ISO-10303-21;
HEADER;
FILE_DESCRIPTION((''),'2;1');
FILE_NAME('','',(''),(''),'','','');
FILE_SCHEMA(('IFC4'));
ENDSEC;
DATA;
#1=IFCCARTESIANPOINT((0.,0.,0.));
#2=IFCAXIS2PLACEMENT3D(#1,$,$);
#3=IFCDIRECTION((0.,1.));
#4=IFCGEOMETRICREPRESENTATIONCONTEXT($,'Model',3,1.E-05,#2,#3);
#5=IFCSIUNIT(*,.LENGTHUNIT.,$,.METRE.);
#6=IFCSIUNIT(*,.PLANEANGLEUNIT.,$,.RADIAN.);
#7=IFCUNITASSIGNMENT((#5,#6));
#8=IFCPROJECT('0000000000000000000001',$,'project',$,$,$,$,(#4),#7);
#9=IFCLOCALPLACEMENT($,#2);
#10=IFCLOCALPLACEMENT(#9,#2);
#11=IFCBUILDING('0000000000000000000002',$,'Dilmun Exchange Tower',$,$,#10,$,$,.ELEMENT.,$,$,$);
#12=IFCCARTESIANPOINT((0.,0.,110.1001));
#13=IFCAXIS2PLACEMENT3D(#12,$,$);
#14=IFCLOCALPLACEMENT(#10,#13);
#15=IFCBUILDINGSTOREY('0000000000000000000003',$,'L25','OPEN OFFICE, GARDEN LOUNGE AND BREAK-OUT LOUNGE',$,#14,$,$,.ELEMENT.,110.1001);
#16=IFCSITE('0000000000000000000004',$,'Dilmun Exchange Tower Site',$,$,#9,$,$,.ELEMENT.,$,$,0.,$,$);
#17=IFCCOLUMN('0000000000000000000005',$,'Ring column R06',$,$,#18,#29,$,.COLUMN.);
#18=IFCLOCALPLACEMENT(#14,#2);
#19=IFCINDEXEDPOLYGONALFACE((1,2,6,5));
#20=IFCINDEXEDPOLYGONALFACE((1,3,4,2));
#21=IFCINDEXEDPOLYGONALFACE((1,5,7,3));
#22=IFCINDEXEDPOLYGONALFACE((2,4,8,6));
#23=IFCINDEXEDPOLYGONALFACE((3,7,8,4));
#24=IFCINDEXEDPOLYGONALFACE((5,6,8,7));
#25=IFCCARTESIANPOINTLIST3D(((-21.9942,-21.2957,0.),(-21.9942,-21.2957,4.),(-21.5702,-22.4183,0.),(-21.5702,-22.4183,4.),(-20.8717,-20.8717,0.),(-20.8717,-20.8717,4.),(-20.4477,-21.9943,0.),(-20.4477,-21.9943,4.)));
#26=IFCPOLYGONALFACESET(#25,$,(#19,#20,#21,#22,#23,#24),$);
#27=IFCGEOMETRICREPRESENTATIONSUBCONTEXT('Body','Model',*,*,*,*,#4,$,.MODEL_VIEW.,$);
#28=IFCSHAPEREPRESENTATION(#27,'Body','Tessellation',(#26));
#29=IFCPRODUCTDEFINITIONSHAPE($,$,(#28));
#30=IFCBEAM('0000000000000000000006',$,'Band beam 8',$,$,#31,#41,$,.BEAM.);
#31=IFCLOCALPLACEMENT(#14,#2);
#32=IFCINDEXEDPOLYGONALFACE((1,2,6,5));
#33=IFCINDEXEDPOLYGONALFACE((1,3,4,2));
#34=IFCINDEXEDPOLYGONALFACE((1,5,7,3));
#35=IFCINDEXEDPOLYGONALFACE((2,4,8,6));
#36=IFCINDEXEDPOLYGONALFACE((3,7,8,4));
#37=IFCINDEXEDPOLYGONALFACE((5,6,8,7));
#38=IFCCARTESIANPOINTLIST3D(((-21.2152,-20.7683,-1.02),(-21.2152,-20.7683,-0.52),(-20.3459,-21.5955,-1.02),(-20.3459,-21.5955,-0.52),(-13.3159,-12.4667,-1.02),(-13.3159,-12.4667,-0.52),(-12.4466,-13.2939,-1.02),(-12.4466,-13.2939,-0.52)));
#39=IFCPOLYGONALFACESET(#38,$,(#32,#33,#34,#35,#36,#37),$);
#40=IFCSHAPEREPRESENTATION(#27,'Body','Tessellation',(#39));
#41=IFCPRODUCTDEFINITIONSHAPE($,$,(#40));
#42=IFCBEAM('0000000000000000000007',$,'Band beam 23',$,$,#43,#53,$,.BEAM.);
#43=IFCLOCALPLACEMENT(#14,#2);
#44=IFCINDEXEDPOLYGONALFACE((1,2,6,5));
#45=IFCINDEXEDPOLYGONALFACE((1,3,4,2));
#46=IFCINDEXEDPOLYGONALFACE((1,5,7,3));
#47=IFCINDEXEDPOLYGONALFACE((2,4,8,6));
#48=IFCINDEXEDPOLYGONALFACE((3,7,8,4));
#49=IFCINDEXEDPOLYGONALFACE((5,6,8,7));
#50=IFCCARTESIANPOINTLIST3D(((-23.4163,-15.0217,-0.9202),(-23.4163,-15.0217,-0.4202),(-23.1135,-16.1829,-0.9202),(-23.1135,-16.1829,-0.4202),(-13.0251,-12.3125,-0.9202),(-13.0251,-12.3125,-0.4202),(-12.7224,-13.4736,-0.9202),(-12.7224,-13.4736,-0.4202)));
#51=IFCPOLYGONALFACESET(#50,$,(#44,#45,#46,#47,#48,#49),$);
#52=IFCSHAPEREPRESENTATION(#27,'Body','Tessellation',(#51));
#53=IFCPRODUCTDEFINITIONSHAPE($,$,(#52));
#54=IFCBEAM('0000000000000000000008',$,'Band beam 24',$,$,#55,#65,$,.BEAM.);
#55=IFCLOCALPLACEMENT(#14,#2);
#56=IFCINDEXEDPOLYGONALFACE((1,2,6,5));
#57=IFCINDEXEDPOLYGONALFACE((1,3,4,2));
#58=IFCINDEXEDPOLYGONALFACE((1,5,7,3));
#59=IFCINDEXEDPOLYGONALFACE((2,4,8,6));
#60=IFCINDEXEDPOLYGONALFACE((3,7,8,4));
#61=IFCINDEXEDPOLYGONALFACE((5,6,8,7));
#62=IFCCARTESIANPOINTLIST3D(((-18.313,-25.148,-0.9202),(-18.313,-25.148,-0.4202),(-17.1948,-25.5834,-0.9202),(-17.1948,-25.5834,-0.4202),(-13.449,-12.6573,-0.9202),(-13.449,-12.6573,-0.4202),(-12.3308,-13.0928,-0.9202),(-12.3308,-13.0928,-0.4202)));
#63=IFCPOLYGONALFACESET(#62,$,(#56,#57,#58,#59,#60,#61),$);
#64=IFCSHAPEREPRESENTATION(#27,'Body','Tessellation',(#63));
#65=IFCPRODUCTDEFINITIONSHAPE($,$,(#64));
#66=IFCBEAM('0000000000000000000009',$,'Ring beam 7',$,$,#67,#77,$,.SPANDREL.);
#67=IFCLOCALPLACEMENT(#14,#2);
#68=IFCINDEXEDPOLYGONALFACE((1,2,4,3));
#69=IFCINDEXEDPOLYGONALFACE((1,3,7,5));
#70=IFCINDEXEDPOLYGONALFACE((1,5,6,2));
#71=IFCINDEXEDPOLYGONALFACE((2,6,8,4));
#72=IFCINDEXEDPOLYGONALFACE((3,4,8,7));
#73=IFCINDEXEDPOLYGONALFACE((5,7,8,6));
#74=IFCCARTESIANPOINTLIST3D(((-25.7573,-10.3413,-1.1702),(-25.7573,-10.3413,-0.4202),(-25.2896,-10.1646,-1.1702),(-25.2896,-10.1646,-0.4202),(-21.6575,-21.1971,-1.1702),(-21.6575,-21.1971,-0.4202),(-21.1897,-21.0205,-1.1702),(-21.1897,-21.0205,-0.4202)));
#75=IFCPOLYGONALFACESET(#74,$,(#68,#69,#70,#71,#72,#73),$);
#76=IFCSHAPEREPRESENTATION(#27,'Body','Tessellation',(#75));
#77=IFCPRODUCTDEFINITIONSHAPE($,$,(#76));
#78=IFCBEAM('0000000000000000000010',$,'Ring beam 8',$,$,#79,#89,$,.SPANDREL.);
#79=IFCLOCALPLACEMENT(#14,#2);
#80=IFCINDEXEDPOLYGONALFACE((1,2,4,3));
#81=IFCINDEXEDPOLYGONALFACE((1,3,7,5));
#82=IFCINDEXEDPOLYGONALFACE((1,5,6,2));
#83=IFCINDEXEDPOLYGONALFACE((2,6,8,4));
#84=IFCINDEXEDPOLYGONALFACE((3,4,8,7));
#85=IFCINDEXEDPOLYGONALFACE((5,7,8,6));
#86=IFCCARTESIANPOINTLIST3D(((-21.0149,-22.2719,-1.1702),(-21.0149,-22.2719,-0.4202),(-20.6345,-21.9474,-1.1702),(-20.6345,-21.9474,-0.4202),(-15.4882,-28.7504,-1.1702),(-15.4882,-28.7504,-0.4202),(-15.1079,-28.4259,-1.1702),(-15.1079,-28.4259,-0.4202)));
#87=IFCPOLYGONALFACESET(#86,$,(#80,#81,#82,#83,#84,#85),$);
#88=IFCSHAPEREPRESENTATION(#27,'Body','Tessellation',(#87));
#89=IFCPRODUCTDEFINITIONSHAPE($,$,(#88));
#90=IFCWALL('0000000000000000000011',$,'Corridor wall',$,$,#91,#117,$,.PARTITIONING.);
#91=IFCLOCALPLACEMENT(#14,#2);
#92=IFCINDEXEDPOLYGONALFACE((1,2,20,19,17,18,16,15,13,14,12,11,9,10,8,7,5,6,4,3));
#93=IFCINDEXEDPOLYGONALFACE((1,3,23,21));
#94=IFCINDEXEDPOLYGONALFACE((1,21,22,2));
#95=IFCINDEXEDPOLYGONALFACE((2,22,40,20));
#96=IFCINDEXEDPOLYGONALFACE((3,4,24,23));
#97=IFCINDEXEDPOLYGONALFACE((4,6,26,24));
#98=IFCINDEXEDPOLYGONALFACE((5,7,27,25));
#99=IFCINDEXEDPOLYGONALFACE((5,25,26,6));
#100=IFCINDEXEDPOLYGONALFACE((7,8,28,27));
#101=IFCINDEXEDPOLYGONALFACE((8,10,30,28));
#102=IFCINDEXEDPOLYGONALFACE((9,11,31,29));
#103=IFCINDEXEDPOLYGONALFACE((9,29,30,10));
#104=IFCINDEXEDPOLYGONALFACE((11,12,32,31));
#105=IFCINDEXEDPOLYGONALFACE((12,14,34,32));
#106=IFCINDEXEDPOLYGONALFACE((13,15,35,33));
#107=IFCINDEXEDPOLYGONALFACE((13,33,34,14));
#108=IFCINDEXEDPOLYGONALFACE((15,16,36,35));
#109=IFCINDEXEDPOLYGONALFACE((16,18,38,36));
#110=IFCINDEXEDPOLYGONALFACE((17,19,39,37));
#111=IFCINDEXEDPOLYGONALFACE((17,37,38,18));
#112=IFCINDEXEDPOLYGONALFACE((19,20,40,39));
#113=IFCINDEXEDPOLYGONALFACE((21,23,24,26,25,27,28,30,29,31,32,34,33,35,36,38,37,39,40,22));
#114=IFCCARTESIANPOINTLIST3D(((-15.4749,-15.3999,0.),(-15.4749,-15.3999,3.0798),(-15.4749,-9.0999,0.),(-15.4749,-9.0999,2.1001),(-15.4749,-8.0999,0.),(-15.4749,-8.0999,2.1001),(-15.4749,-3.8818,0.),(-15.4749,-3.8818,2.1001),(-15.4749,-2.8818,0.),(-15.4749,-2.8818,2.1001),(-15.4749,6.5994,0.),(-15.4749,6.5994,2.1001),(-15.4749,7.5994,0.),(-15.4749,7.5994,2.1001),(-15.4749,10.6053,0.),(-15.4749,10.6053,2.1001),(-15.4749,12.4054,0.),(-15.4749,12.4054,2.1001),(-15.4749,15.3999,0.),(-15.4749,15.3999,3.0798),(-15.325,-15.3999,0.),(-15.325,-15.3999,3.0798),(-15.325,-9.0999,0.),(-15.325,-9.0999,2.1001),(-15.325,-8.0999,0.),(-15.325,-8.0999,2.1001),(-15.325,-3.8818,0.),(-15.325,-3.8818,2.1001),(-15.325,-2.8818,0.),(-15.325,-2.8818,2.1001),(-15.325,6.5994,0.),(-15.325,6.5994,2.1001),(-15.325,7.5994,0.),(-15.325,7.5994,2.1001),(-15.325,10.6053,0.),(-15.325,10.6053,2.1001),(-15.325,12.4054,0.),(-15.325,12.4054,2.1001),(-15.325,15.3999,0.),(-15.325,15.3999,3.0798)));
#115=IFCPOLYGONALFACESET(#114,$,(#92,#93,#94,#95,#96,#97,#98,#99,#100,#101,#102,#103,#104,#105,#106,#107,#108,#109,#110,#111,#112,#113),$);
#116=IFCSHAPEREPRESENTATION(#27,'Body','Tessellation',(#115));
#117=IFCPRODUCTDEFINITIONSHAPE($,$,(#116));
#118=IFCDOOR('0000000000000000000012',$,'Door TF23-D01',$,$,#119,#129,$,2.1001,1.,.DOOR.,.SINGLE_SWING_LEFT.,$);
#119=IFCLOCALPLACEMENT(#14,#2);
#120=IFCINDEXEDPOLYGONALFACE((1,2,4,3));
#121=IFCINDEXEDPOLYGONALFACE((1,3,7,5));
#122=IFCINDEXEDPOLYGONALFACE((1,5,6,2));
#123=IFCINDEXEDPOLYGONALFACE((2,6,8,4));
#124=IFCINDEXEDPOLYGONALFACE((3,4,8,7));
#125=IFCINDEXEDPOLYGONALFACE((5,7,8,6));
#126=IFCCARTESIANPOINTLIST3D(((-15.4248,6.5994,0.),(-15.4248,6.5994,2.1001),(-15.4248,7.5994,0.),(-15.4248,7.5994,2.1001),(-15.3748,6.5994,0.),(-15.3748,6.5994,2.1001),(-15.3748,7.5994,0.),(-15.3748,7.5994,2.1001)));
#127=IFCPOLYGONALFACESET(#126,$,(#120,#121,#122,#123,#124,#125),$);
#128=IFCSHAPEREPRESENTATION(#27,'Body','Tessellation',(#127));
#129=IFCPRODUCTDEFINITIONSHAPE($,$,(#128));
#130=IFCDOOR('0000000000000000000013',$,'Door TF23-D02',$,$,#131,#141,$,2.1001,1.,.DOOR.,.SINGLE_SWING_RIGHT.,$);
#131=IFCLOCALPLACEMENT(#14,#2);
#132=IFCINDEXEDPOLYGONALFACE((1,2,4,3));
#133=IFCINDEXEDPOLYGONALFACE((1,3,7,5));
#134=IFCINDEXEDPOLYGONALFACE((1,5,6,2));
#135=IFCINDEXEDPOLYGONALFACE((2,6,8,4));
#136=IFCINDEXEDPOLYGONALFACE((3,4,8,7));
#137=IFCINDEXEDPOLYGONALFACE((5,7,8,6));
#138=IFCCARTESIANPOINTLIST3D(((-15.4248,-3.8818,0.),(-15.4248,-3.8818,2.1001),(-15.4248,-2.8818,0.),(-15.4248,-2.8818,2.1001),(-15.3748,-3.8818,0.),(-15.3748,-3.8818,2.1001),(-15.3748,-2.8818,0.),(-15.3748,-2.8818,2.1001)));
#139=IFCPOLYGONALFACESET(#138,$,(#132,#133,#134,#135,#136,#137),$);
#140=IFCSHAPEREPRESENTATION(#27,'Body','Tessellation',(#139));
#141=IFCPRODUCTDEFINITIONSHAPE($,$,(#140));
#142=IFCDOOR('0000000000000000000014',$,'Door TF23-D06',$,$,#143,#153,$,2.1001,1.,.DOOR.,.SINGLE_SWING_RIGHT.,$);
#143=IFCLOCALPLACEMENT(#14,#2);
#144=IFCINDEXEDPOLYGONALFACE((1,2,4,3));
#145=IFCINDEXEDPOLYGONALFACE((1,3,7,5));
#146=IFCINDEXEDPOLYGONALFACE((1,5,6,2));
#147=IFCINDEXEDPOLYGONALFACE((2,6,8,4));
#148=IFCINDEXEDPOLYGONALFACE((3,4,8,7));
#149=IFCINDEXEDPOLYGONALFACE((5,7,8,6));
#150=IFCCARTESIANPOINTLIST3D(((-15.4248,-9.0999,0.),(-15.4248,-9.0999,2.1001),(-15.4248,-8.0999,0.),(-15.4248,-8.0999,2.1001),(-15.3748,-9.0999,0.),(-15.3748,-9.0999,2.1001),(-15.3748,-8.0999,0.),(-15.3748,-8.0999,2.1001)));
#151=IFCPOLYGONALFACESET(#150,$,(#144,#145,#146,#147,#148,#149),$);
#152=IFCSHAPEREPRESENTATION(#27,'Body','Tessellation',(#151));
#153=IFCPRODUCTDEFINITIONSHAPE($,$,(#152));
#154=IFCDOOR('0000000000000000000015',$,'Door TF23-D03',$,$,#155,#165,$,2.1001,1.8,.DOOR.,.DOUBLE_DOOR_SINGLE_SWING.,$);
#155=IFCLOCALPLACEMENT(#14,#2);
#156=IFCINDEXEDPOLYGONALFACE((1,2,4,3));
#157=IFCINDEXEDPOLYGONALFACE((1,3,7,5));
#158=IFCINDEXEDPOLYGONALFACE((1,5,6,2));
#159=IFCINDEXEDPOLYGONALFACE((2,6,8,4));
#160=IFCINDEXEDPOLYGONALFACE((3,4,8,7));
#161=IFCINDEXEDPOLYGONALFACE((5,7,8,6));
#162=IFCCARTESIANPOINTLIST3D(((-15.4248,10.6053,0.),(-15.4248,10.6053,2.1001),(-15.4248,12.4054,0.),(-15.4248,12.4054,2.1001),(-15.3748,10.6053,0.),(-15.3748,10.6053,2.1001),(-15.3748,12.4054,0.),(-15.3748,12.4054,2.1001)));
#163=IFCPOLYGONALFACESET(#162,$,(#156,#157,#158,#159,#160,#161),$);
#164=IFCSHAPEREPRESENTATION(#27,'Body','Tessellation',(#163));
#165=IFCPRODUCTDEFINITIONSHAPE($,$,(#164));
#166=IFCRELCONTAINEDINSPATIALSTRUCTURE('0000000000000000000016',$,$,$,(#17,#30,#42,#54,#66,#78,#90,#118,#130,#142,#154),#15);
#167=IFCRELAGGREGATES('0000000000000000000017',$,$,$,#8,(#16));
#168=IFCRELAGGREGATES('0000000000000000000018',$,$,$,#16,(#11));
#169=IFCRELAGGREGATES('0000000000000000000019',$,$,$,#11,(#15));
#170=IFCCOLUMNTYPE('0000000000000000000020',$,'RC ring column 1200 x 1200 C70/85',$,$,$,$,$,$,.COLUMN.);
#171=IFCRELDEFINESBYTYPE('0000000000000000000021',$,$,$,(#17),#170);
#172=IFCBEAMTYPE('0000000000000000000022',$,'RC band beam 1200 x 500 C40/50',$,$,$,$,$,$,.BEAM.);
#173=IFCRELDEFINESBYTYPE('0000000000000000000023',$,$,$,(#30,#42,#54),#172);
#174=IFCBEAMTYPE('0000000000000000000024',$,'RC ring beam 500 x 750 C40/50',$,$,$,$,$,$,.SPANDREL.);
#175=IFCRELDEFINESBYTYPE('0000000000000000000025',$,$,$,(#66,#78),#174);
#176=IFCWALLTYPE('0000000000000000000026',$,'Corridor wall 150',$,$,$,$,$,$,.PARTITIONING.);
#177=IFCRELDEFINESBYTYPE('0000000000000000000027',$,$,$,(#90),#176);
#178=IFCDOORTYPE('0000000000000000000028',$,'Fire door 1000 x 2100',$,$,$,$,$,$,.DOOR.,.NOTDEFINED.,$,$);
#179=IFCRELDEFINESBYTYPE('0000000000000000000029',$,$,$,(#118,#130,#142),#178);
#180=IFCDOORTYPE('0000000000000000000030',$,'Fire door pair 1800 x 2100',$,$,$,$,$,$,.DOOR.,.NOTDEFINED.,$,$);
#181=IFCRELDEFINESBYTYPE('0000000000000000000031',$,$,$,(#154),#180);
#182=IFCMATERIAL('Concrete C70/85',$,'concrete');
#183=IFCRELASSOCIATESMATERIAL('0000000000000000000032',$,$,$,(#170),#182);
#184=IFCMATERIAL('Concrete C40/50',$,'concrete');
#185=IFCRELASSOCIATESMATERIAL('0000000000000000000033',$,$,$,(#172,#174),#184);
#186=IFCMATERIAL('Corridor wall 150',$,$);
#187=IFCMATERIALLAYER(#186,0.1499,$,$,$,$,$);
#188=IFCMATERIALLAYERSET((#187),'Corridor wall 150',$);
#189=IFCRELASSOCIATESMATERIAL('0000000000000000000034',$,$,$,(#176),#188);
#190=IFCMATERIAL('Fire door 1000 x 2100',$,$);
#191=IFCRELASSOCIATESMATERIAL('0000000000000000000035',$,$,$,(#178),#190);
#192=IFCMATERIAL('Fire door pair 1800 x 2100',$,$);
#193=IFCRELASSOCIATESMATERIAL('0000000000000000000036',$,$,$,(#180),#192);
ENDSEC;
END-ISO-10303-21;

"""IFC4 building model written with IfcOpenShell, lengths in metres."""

from ifc_helpers import new_model, si_unit, direction, frame, frame_2d, origin, origin_2d, place, context, subcontext, project, spatial, rectangle, extrude, material, layer, layer_set, material_profile, profile_set, type_object, element, fill, save


model = new_model("IFC4")

# Units and contexts
model_context = context("Model", 3, precision=1e-05, world=origin(), true_north=direction((0.0, 1.0)))
body_context = subcontext(model_context, "Body", "Model", "MODEL_VIEW")
ifc_project = project(units=[si_unit("LENGTHUNIT", "METRE"), si_unit("PLANEANGLEUNIT", "RADIAN")], contexts=[model_context])

# Site, building, storey
site_placement = place(None, origin())
site = spatial("IfcSite", under=ifc_project, at=site_placement, Name="Dilmun Exchange Tower Site", CompositionType="ELEMENT", RefElevation=0.0)
building_placement = place(site_placement, origin())
building = spatial("IfcBuilding", under=site, at=building_placement, Name="Dilmun Exchange Tower", CompositionType="ELEMENT")
storey_placement = place(building_placement, frame((0.0, 0.0, 110.1001)))
storey = spatial("IfcBuildingStorey", under=building, at=storey_placement, Name="L25", Description="OPEN OFFICE, GARDEN LOUNGE AND BREAK-OUT LOUNGE", CompositionType="ELEMENT", Elevation=110.1001)

# Column
ifc_material_1 = material(Name="Concrete C70/85", Category="concrete")
ifc_material_profile_1 = material_profile(ifc_material_1, rectangle(XDim=1.2, YDim=1.2, at=origin_2d()), Name="1200 x 1200")
ifc_profile_set_1 = profile_set([ifc_material_profile_1], Name="Concrete C70/85")
column_type = type_object("IfcColumnType", Name="RC ring column 1200 x 1200 C70/85", PredefinedType="COLUMN", material=ifc_profile_set_1)
column_placement = place(storey_placement, frame((-21.2209, -21.645, 0.0), z_axis=(0.0, 0.0, 1.0), x_axis=(0.935492, 0.353349, 0.0)))
element("IfcColumn", 1, at=column_placement, inside=storey, type_object=column_type, Name="Ring column R06", PredefinedType="COLUMN", context=body_context, shape_type="SweptSolid", body=[
    extrude(rectangle(XDim=1.2, YDim=1.2, at=origin_2d()), origin(), (0.0, 0.0, 1.0), 4.0),
])

# Beams
ifc_material_2 = material(Name="Concrete C40/50", Category="concrete")
ifc_material_profile_2 = material_profile(ifc_material_2, rectangle(XDim=1.2, YDim=0.5, at=origin_2d()), Name="1200 x 500")
ifc_profile_set_2 = profile_set([ifc_material_profile_2], Name="Concrete C40/50")
beam_type_1 = type_object("IfcBeamType", Name="RC band beam 1200 x 500 C40/50", PredefinedType="BEAM", material=ifc_profile_set_2)
beam_1_placement = place(storey_placement, frame((-20.7805, -21.1819, -0.77), z_axis=(0.689333, 0.724444, 0.0), x_axis=(-0.724444, 0.689333, 0.0)))
element("IfcBeam", 2, at=beam_1_placement, inside=storey, type_object=beam_type_1, Name="Band beam 8", PredefinedType="BEAM", context=body_context, shape_type="SweptSolid", body=[
    extrude(rectangle(XDim=1.2, YDim=0.5, at=origin_2d()), origin(), (0.0, 0.0, 1.0), 11.4592),
])
beam_2_placement = place(storey_placement, frame((-23.2649, -15.6023, -0.6702), z_axis=(0.967651, 0.252291, 0.0), x_axis=(-0.252291, 0.967651, 0.0)))
element("IfcBeam", 3, at=beam_2_placement, inside=storey, type_object=beam_type_1, Name="Band beam 23", PredefinedType="BEAM", context=body_context, shape_type="SweptSolid", body=[
    extrude(rectangle(XDim=1.2, YDim=0.5, at=origin_2d()), origin(), (0.0, 0.0, 1.0), 10.7385),
])
beam_3_placement = place(storey_placement, frame((-17.7539, -25.3657, -0.6702), z_axis=(0.362868, 0.931841, 0.0), x_axis=(-0.931841, 0.362868, 0.0)))
element("IfcBeam", 4, at=beam_3_placement, inside=storey, type_object=beam_type_1, Name="Band beam 24", PredefinedType="BEAM", context=body_context, shape_type="SweptSolid", body=[
    extrude(rectangle(XDim=1.2, YDim=0.5, at=origin_2d()), origin(), (0.0, 0.0, 1.0), 13.4043),
])
ifc_material_profile_3 = material_profile(ifc_material_2, rectangle(XDim=0.5, YDim=0.75, at=origin_2d()), Name="500 x 750")
ifc_profile_set_3 = profile_set([ifc_material_profile_3], Name="Concrete C40/50")
beam_type_2 = type_object("IfcBeamType", Name="RC ring beam 500 x 750 C40/50", PredefinedType="SPANDREL", material=ifc_profile_set_3)
beam_4_placement = place(storey_placement, frame((-25.5234, -10.2529, -0.7952), z_axis=(0.353304, -0.935509, 0.0), x_axis=(0.935509, 0.353304, 0.0)))
element("IfcBeam", 5, at=beam_4_placement, inside=storey, type_object=beam_type_2, Name="Ring beam 7", PredefinedType="SPANDREL", context=body_context, shape_type="SweptSolid", body=[
    extrude(rectangle(XDim=0.5, YDim=0.75, at=origin_2d()), origin(), (0.0, 0.0, 1.0), 11.6042),
])
beam_5_placement = place(storey_placement, frame((-20.8247, -22.1096, -0.7952), z_axis=(0.649002, -0.760786, 0.0), x_axis=(0.760786, 0.649002, 0.0)))
element("IfcBeam", 6, at=beam_5_placement, inside=storey, type_object=beam_type_2, Name="Ring beam 8", PredefinedType="SPANDREL", context=body_context, shape_type="SweptSolid", body=[
    extrude(rectangle(XDim=0.5, YDim=0.75, at=origin_2d()), origin(), (0.0, 0.0, 1.0), 8.5156),
])

# Wall, openings, doors
ifc_material_3 = material(Name="Corridor wall 150")
ifc_layer = layer(ifc_material_3, 0.1499)
ifc_layer_set = layer_set([ifc_layer], Name="Corridor wall 150")
wall_type = type_object("IfcWallType", Name="Corridor wall 150", PredefinedType="PARTITIONING", material=ifc_layer_set)
wall_placement = place(storey_placement, frame((-15.3999, -15.3999, 0.0), z_axis=(0.0, 0.0, 1.0), x_axis=(0.0, 1.0, 0.0)))
wall = element("IfcWall", 7, at=wall_placement, inside=storey, type_object=wall_type, Name="Corridor wall", PredefinedType="PARTITIONING", context=body_context, shape_type="SweptSolid", body=[
    extrude(rectangle(XDim=30.7998, YDim=0.1499, at=frame_2d((15.3999, 0.0))), origin(), (0.0, 0.0, 1.0), 3.0798),
])
opening_1_placement = place(wall_placement, frame((21.9993, 0.0, 0.0)))
opening_1 = element("IfcOpeningElement", 8, at=opening_1_placement, cuts=wall, PredefinedType="OPENING", context=body_context, shape_type="SweptSolid", body=[
    extrude(rectangle(XDim=1.0, YDim=2.1001, at=frame_2d((0.5, 1.05))), frame((0.0, 0.085, 0.0), z_axis=(0.0, -1.0, 0.0), x_axis=(1.0, 0.0, 0.0)), (0.0, 0.0, 1.0), 0.1699),
])
opening_2_placement = place(wall_placement, frame((11.5181, 0.0, 0.0)))
opening_2 = element("IfcOpeningElement", 9, at=opening_2_placement, cuts=wall, PredefinedType="OPENING", context=body_context, shape_type="SweptSolid", body=[
    extrude(rectangle(XDim=1.0, YDim=2.1001, at=frame_2d((0.5, 1.05))), frame((0.0, 0.085, 0.0), z_axis=(0.0, -1.0, 0.0), x_axis=(1.0, 0.0, 0.0)), (0.0, 0.0, 1.0), 0.1699),
])
opening_3_placement = place(wall_placement, frame((26.0054, 0.0, 0.0)))
opening_3 = element("IfcOpeningElement", 10, at=opening_3_placement, cuts=wall, PredefinedType="OPENING", context=body_context, shape_type="SweptSolid", body=[
    extrude(rectangle(XDim=1.8, YDim=2.1001, at=frame_2d((0.8999, 1.05))), frame((0.0, 0.085, 0.0), z_axis=(0.0, -1.0, 0.0), x_axis=(1.0, 0.0, 0.0)), (0.0, 0.0, 1.0), 0.1699),
])
opening_4_placement = place(wall_placement, frame((6.3, 0.0, 0.0)))
opening_4 = element("IfcOpeningElement", 11, at=opening_4_placement, cuts=wall, PredefinedType="OPENING", context=body_context, shape_type="SweptSolid", body=[
    extrude(rectangle(XDim=1.0, YDim=2.1001, at=frame_2d((0.5, 1.05))), frame((0.0, 0.085, 0.0), z_axis=(0.0, -1.0, 0.0), x_axis=(1.0, 0.0, 0.0)), (0.0, 0.0, 1.0), 0.1699),
])
ifc_material_4 = material(Name="Fire door 1000 x 2100")
door_type_1 = type_object("IfcDoorType", Name="Fire door 1000 x 2100", OperationType="NOTDEFINED", PredefinedType="DOOR", material=ifc_material_4)
door_1_placement = place(opening_1_placement, origin())
door_1 = element("IfcDoor", 12, at=door_1_placement, inside=storey, type_object=door_type_1, Name="Door TF23-D01", OperationType="SINGLE_SWING_LEFT", OverallHeight=2.1001, OverallWidth=1.0, PredefinedType="DOOR", context=body_context, shape_type="SweptSolid", body=[
    extrude(rectangle(XDim=1.0, YDim=2.1001, at=frame_2d((0.5, 1.05))), frame((0.0, 0.0249, 0.0), z_axis=(0.0, -1.0, 0.0), x_axis=(1.0, 0.0, 0.0)), (0.0, 0.0, 1.0), 0.05),
])
fill(opening_1, door_1)
door_2_placement = place(opening_2_placement, origin())
door_2 = element("IfcDoor", 13, at=door_2_placement, inside=storey, type_object=door_type_1, Name="Door TF23-D02", OperationType="SINGLE_SWING_RIGHT", OverallHeight=2.1001, OverallWidth=1.0, PredefinedType="DOOR", context=body_context, shape_type="SweptSolid", body=[
    extrude(rectangle(XDim=1.0, YDim=2.1001, at=frame_2d((0.5, 1.05))), frame((0.0, 0.0249, 0.0), z_axis=(0.0, -1.0, 0.0), x_axis=(1.0, 0.0, 0.0)), (0.0, 0.0, 1.0), 0.05),
])
fill(opening_2, door_2)
door_3_placement = place(opening_4_placement, origin())
door_3 = element("IfcDoor", 14, at=door_3_placement, inside=storey, type_object=door_type_1, Name="Door TF23-D06", OperationType="SINGLE_SWING_RIGHT", OverallHeight=2.1001, OverallWidth=1.0, PredefinedType="DOOR", context=body_context, shape_type="SweptSolid", body=[
    extrude(rectangle(XDim=1.0, YDim=2.1001, at=frame_2d((0.5, 1.05))), frame((0.0, 0.0249, 0.0), z_axis=(0.0, -1.0, 0.0), x_axis=(1.0, 0.0, 0.0)), (0.0, 0.0, 1.0), 0.05),
])
fill(opening_4, door_3)
ifc_material_5 = material(Name="Fire door pair 1800 x 2100")
door_type_2 = type_object("IfcDoorType", Name="Fire door pair 1800 x 2100", OperationType="NOTDEFINED", PredefinedType="DOOR", material=ifc_material_5)
door_4_placement = place(opening_3_placement, origin())
door_4 = element("IfcDoor", 15, at=door_4_placement, inside=storey, type_object=door_type_2, Name="Door TF23-D03", OperationType="DOUBLE_DOOR_SINGLE_SWING", OverallHeight=2.1001, OverallWidth=1.8, PredefinedType="DOOR", context=body_context, shape_type="SweptSolid", body=[
    extrude(rectangle(XDim=1.8, YDim=2.1001, at=frame_2d((0.8999, 1.05))), frame((0.0, 0.0249, 0.0), z_axis=(0.0, -1.0, 0.0), x_axis=(1.0, 0.0, 0.0)), (0.0, 0.0, 1.0), 0.05),
])
fill(opening_3, door_4)

save(model, "model.ifc")
